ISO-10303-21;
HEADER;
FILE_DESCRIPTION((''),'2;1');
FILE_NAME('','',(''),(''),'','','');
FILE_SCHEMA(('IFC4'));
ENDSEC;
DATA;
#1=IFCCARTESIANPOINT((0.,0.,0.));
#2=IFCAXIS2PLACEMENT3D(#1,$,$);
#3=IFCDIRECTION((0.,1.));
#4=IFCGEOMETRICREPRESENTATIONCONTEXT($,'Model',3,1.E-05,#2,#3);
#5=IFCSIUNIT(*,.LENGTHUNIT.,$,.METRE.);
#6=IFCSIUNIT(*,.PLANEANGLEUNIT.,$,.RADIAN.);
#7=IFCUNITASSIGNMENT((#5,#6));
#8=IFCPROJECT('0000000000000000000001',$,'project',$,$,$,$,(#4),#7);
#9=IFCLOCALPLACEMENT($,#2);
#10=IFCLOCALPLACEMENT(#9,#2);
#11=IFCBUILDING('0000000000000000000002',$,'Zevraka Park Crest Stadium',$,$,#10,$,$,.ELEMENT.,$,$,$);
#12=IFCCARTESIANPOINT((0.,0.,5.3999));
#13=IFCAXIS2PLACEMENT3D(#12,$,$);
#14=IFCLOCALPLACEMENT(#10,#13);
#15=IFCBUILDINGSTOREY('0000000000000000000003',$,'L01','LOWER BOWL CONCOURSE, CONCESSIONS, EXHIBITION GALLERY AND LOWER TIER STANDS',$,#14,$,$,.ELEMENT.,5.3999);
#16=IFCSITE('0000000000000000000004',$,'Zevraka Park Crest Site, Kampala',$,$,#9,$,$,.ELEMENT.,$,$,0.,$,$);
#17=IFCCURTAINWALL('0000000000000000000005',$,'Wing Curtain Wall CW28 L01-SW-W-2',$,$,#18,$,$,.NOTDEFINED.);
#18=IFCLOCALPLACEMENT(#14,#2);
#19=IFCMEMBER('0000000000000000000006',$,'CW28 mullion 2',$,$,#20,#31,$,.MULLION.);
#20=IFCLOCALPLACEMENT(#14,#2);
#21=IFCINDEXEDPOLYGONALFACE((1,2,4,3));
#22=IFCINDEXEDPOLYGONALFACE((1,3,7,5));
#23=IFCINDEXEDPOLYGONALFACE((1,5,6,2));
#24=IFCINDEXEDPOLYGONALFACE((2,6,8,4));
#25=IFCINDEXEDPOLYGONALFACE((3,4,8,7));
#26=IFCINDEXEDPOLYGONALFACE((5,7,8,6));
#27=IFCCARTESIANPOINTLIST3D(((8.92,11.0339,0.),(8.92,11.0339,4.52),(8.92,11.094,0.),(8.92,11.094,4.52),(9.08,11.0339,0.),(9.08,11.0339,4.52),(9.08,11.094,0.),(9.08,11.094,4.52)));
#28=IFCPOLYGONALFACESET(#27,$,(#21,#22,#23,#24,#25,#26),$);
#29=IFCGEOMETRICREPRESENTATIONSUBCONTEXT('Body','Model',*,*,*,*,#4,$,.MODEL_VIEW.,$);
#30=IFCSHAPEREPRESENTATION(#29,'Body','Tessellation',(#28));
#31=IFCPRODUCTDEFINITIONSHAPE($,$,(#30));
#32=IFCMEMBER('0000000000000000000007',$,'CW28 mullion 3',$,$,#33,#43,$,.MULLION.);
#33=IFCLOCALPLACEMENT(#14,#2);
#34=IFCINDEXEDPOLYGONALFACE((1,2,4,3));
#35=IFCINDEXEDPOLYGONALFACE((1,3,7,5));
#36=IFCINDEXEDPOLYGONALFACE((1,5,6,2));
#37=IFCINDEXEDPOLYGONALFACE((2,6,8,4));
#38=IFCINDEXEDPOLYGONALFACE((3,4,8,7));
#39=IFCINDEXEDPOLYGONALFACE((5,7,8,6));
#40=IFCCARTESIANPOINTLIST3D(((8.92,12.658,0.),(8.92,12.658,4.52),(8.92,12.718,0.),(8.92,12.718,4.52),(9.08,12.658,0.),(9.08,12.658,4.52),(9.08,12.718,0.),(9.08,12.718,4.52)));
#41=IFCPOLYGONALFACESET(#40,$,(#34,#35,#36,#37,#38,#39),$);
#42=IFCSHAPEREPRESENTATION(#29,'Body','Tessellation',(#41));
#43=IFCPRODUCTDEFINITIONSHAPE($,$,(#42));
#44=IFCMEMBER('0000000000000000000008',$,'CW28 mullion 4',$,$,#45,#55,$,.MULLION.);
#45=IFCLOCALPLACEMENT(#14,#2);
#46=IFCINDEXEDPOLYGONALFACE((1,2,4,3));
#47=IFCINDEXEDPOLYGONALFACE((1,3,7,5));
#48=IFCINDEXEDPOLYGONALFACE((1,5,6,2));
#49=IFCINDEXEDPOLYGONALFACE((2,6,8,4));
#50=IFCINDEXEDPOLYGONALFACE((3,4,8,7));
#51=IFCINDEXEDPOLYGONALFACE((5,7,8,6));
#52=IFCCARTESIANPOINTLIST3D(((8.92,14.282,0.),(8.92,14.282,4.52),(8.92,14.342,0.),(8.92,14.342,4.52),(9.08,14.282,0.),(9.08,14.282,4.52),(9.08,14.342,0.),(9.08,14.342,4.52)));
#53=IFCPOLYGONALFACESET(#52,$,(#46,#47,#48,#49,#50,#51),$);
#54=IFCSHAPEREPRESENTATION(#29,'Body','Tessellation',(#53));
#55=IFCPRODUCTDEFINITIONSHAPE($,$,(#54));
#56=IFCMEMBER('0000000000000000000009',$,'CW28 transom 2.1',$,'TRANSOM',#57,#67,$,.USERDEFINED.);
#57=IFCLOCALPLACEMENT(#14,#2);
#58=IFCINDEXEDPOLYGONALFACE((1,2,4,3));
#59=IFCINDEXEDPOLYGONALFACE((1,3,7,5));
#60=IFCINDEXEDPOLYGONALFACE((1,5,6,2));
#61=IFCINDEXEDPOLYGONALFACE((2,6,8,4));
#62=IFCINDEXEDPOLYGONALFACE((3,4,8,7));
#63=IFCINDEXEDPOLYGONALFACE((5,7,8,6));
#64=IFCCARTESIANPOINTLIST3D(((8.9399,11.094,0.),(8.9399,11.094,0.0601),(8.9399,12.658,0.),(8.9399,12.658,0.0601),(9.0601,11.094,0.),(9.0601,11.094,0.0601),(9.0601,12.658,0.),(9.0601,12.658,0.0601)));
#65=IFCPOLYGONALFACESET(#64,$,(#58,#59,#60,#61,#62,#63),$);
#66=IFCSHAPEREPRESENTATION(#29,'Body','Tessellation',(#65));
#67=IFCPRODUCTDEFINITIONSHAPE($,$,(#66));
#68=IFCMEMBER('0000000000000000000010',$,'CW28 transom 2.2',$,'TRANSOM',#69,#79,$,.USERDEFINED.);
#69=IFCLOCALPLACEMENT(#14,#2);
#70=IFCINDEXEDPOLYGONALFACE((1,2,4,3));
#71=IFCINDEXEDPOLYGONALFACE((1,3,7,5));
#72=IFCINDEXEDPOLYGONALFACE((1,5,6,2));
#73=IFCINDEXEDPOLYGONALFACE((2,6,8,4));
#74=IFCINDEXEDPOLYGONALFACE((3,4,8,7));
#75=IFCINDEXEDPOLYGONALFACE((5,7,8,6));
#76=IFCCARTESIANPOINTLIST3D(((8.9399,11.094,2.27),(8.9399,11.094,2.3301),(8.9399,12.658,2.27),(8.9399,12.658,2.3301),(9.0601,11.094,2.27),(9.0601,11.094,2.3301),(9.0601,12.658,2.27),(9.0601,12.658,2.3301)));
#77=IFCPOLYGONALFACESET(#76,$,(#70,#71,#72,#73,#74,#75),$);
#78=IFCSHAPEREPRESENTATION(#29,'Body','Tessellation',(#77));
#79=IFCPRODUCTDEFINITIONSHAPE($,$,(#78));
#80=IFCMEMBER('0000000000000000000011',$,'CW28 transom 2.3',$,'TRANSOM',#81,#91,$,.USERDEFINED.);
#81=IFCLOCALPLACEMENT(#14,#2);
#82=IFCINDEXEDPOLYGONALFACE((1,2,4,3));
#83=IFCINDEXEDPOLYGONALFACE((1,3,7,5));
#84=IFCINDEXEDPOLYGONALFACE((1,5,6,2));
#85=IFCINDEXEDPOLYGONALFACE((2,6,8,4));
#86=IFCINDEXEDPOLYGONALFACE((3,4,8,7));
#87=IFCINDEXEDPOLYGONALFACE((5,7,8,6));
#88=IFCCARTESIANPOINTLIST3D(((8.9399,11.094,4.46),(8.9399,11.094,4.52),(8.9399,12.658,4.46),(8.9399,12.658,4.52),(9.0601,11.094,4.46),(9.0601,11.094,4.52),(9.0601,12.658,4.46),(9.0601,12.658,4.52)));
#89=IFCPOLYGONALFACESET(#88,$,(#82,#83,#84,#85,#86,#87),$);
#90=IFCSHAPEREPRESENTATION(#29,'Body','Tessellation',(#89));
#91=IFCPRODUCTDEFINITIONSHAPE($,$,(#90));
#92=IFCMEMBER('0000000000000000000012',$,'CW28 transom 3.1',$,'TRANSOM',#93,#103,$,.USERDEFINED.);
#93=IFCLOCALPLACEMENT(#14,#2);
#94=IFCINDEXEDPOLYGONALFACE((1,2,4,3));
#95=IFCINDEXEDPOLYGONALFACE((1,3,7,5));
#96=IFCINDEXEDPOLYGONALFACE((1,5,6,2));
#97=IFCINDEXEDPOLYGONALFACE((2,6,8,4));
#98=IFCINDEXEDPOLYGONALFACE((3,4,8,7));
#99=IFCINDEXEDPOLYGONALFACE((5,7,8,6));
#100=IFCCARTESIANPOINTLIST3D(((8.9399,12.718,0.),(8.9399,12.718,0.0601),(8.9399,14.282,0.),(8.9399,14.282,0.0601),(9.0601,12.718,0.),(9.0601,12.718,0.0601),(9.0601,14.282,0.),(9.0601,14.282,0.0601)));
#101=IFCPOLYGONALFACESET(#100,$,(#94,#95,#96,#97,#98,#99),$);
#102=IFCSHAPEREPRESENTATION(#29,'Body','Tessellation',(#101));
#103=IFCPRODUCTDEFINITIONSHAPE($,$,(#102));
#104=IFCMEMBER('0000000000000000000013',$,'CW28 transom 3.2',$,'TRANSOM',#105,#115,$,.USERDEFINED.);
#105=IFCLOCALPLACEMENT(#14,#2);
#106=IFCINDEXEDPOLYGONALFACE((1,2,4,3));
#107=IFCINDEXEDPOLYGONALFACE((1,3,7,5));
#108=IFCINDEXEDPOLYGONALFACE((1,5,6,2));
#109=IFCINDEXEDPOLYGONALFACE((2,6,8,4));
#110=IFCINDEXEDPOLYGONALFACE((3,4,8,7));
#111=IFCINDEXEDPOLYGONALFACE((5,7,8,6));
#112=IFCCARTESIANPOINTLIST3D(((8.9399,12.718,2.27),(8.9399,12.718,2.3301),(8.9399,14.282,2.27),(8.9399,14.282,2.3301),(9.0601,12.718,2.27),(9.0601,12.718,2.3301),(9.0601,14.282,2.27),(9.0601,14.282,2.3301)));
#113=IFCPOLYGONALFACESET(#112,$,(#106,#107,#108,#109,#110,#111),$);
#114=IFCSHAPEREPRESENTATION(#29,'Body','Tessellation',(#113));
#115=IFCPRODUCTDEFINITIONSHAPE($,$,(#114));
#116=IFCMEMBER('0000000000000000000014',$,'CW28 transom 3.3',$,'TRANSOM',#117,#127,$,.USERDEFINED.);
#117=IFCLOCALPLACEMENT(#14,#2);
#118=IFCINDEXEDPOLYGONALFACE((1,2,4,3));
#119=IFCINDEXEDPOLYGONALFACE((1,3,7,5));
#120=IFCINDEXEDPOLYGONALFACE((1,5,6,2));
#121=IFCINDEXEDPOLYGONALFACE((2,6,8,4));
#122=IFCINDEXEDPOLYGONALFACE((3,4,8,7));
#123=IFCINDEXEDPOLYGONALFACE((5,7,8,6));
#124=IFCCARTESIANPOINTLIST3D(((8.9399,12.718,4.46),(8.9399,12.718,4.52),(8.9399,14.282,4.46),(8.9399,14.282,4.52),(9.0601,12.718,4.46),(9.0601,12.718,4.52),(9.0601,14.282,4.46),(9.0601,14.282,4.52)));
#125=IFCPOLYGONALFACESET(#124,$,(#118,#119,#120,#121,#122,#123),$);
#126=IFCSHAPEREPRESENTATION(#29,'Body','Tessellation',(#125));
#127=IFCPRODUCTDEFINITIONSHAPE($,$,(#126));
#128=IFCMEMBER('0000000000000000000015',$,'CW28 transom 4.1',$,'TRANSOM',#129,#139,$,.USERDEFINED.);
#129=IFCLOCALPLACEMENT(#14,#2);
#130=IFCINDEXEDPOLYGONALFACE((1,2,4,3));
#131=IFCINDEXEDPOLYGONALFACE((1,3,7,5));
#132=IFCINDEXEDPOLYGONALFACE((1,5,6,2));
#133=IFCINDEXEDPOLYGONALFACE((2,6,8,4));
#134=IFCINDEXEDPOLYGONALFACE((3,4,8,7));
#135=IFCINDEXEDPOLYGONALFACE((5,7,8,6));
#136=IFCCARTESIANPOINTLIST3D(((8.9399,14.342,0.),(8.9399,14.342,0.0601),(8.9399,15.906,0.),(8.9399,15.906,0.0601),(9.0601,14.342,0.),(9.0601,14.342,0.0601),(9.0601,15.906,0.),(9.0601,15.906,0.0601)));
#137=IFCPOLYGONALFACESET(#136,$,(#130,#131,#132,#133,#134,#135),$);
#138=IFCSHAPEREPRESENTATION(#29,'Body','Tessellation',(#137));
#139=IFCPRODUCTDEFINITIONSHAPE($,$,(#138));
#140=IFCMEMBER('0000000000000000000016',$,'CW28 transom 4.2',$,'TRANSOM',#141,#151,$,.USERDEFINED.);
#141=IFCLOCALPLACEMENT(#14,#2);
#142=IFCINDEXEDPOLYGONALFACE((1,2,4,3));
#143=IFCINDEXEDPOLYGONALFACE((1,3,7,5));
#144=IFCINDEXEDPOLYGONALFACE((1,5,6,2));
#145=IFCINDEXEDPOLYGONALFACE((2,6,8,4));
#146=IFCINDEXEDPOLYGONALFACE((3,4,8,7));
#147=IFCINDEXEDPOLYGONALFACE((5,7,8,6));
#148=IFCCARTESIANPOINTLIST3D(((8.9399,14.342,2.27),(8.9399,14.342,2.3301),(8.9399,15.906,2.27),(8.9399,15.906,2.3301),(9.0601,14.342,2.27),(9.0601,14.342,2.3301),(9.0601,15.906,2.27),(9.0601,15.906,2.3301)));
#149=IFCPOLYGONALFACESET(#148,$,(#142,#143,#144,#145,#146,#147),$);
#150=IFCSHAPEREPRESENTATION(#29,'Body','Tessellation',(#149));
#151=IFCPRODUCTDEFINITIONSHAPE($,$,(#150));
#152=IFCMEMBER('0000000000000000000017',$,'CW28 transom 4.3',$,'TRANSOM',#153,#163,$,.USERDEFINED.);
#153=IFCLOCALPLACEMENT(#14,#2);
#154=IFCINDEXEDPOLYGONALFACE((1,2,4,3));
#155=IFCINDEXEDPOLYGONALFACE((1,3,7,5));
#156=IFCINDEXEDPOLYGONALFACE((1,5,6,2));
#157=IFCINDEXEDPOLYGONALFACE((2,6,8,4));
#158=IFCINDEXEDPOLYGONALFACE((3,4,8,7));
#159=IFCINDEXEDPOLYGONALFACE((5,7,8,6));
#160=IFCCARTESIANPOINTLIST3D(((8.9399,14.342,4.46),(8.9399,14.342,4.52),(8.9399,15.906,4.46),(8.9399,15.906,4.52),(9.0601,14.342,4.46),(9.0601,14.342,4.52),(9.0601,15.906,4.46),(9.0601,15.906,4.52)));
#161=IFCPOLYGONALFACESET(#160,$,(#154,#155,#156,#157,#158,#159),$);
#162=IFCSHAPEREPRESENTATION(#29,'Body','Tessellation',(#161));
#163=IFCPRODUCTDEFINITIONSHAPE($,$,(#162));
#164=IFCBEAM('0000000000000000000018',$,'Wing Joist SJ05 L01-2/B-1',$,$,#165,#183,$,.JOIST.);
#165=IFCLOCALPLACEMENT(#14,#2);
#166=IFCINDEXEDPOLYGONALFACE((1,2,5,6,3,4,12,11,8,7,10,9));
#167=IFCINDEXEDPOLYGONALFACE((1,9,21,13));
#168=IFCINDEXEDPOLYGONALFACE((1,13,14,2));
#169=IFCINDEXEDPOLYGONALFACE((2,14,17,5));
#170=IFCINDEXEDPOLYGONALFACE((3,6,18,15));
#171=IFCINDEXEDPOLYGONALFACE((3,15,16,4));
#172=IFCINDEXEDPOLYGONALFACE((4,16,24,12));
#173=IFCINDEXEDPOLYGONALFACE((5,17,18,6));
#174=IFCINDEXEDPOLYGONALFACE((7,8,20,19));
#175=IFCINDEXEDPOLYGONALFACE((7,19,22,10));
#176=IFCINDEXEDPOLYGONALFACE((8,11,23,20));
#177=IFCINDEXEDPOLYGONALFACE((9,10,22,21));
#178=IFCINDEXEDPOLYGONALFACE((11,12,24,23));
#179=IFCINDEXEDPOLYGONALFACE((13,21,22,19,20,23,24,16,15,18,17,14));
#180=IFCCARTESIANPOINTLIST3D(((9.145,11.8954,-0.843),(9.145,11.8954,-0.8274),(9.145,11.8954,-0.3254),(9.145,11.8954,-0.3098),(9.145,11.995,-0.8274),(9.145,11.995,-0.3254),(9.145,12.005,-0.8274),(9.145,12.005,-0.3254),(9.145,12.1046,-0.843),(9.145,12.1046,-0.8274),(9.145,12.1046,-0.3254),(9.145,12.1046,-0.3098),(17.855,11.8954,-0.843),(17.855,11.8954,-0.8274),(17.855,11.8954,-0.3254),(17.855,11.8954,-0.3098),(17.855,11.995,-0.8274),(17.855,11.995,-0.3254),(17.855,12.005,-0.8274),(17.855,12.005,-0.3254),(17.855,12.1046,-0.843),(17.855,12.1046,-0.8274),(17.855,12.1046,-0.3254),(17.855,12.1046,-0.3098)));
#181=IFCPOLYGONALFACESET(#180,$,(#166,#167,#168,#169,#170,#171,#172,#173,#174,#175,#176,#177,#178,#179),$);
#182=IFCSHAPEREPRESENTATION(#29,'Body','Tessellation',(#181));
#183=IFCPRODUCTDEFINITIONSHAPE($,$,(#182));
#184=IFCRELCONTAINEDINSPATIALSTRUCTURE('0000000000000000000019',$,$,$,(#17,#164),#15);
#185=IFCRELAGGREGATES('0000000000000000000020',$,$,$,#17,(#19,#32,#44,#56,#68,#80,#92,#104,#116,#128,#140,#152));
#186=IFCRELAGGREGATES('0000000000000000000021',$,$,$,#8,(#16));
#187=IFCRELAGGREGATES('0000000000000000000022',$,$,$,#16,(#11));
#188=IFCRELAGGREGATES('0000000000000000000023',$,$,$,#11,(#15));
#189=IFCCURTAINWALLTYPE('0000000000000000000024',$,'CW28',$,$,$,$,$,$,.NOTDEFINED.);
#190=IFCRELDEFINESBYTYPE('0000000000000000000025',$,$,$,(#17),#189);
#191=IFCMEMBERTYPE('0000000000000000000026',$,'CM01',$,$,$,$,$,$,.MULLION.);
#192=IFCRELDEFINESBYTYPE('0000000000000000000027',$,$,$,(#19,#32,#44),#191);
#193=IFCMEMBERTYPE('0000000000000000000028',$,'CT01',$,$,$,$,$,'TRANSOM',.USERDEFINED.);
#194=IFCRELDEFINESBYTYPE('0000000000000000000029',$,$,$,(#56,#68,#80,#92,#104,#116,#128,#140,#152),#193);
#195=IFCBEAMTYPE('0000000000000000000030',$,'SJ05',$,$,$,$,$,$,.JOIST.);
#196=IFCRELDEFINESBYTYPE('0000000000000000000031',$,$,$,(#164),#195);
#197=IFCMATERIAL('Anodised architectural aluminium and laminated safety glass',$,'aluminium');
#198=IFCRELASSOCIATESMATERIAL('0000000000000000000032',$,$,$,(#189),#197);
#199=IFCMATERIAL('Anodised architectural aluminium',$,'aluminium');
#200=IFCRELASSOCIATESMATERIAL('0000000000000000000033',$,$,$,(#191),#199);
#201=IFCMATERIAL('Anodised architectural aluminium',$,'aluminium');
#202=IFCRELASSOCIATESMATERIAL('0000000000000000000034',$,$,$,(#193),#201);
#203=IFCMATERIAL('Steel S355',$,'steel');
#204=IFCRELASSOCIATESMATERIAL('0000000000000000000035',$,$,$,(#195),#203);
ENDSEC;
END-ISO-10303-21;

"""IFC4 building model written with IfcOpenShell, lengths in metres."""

from ifc_helpers import new_model, si_unit, direction, frame, origin, origin_2d, place, context, subcontext, project, spatial, rectangle, i_section, extrude, material, material_profile, profile_set, type_object, element, aggregate, save


model = new_model("IFC4")

# Units and contexts
model_context = context("Model", 3, precision=1e-05, world=origin(), true_north=direction((0.0, 1.0)))
body_context = subcontext(model_context, "Body", "Model", "MODEL_VIEW")
ifc_project = project(units=[si_unit("LENGTHUNIT", "METRE"), si_unit("PLANEANGLEUNIT", "RADIAN")], contexts=[model_context])

# Site, building, storey
site_placement = place(None, origin())
site = spatial("IfcSite", under=ifc_project, at=site_placement, Name="Zevraka Park Crest Site, Kampala", CompositionType="ELEMENT", RefElevation=0.0)
building_placement = place(site_placement, origin())
building = spatial("IfcBuilding", under=site, at=building_placement, Name="Zevraka Park Crest Stadium", CompositionType="ELEMENT")
storey_placement = place(building_placement, frame((0.0, 0.0, 5.3999)))
storey = spatial("IfcBuildingStorey", under=building, at=storey_placement, Name="L01", Description="LOWER BOWL CONCOURSE, CONCESSIONS, EXHIBITION GALLERY AND LOWER TIER STANDS", CompositionType="ELEMENT", Elevation=5.3999)

# Curtain wall, members
ifc_material_1 = material(Name="Anodised architectural aluminium and laminated safety glass", Category="aluminium")
curtain_wall_type = type_object("IfcCurtainWallType", Name="CW28", PredefinedType="NOTDEFINED", material=ifc_material_1)
curtain_wall_placement = place(storey_placement, origin())
curtain_wall = element("IfcCurtainWall", 1, at=curtain_wall_placement, inside=storey, type_object=curtain_wall_type, Name="Wing Curtain Wall CW28 L01-SW-W-2", PredefinedType="NOTDEFINED")
ifc_material_2 = material(Name="Anodised architectural aluminium", Category="aluminium")
ifc_material_profile_1 = material_profile(ifc_material_2, rectangle(XDim=0.1599, YDim=0.0601, at=origin_2d()), Name="ALU MULLION 160x60")
ifc_profile_set_1 = profile_set([ifc_material_profile_1], Name="Anodised architectural aluminium")
member_type_1 = type_object("IfcMemberType", Name="CM01", PredefinedType="MULLION", material=ifc_profile_set_1)
member_1_placement = place(storey_placement, frame((9.0, 11.064, 0.0), z_axis=(0.0, 0.0, 1.0), x_axis=(-1.0, 0.0, 0.0)))
member_1 = element("IfcMember", 2, at=member_1_placement, type_object=member_type_1, Name="CW28 mullion 2", PredefinedType="MULLION", context=body_context, shape_type="SweptSolid", body=[
    extrude(rectangle(XDim=0.1599, YDim=0.0601, at=origin_2d()), origin(), (0.0, 0.0, 1.0), 4.52),
])
member_2_placement = place(storey_placement, frame((9.0, 12.688, 0.0), z_axis=(0.0, 0.0, 1.0), x_axis=(-1.0, 0.0, 0.0)))
member_2 = element("IfcMember", 3, at=member_2_placement, type_object=member_type_1, Name="CW28 mullion 3", PredefinedType="MULLION", context=body_context, shape_type="SweptSolid", body=[
    extrude(rectangle(XDim=0.1599, YDim=0.0601, at=origin_2d()), origin(), (0.0, 0.0, 1.0), 4.52),
])
member_3_placement = place(storey_placement, frame((9.0, 14.312, 0.0), z_axis=(0.0, 0.0, 1.0), x_axis=(-1.0, 0.0, 0.0)))
member_3 = element("IfcMember", 4, at=member_3_placement, type_object=member_type_1, Name="CW28 mullion 4", PredefinedType="MULLION", context=body_context, shape_type="SweptSolid", body=[
    extrude(rectangle(XDim=0.1599, YDim=0.0601, at=origin_2d()), origin(), (0.0, 0.0, 1.0), 4.52),
])
ifc_material_3 = material(Name="Anodised architectural aluminium", Category="aluminium")
ifc_material_profile_2 = material_profile(ifc_material_3, rectangle(XDim=0.1201, YDim=0.0601, at=origin_2d()), Name="ALU TRANSOM 120x60")
ifc_profile_set_2 = profile_set([ifc_material_profile_2], Name="Anodised architectural aluminium")
member_type_2 = type_object("IfcMemberType", Name="CT01", ElementType="TRANSOM", PredefinedType="USERDEFINED", material=ifc_profile_set_2)
member_4_placement = place(storey_placement, frame((9.0, 11.094, 0.03), z_axis=(0.0, 1.0, 0.0), x_axis=(-1.0, 0.0, 0.0)))
member_4 = element("IfcMember", 5, at=member_4_placement, type_object=member_type_2, Name="CW28 transom 2.1", ObjectType="TRANSOM", PredefinedType="USERDEFINED", context=body_context, shape_type="SweptSolid", body=[
    extrude(rectangle(XDim=0.1201, YDim=0.0601, at=origin_2d()), origin(), (0.0, 0.0, 1.0), 1.564),
])
member_5_placement = place(storey_placement, frame((9.0, 11.094, 2.3), z_axis=(0.0, 1.0, 0.0), x_axis=(-1.0, 0.0, 0.0)))
member_5 = element("IfcMember", 6, at=member_5_placement, type_object=member_type_2, Name="CW28 transom 2.2", ObjectType="TRANSOM", PredefinedType="USERDEFINED", context=body_context, shape_type="SweptSolid", body=[
    extrude(rectangle(XDim=0.1201, YDim=0.0601, at=origin_2d()), origin(), (0.0, 0.0, 1.0), 1.564),
])
member_6_placement = place(storey_placement, frame((9.0, 11.094, 4.49), z_axis=(0.0, 1.0, 0.0), x_axis=(-1.0, 0.0, 0.0)))
member_6 = element("IfcMember", 7, at=member_6_placement, type_object=member_type_2, Name="CW28 transom 2.3", ObjectType="TRANSOM", PredefinedType="USERDEFINED", context=body_context, shape_type="SweptSolid", body=[
    extrude(rectangle(XDim=0.1201, YDim=0.0601, at=origin_2d()), origin(), (0.0, 0.0, 1.0), 1.564),
])
member_7_placement = place(storey_placement, frame((9.0, 12.718, 0.03), z_axis=(0.0, 1.0, 0.0), x_axis=(-1.0, 0.0, 0.0)))
member_7 = element("IfcMember", 8, at=member_7_placement, type_object=member_type_2, Name="CW28 transom 3.1", ObjectType="TRANSOM", PredefinedType="USERDEFINED", context=body_context, shape_type="SweptSolid", body=[
    extrude(rectangle(XDim=0.1201, YDim=0.0601, at=origin_2d()), origin(), (0.0, 0.0, 1.0), 1.564),
])
member_8_placement = place(storey_placement, frame((9.0, 12.718, 2.3), z_axis=(0.0, 1.0, 0.0), x_axis=(-1.0, 0.0, 0.0)))
member_8 = element("IfcMember", 9, at=member_8_placement, type_object=member_type_2, Name="CW28 transom 3.2", ObjectType="TRANSOM", PredefinedType="USERDEFINED", context=body_context, shape_type="SweptSolid", body=[
    extrude(rectangle(XDim=0.1201, YDim=0.0601, at=origin_2d()), origin(), (0.0, 0.0, 1.0), 1.564),
])
member_9_placement = place(storey_placement, frame((9.0, 12.718, 4.49), z_axis=(0.0, 1.0, 0.0), x_axis=(-1.0, 0.0, 0.0)))
member_9 = element("IfcMember", 10, at=member_9_placement, type_object=member_type_2, Name="CW28 transom 3.3", ObjectType="TRANSOM", PredefinedType="USERDEFINED", context=body_context, shape_type="SweptSolid", body=[
    extrude(rectangle(XDim=0.1201, YDim=0.0601, at=origin_2d()), origin(), (0.0, 0.0, 1.0), 1.564),
])
member_10_placement = place(storey_placement, frame((9.0, 14.342, 0.03), z_axis=(0.0, 1.0, 0.0), x_axis=(-1.0, 0.0, 0.0)))
member_10 = element("IfcMember", 11, at=member_10_placement, type_object=member_type_2, Name="CW28 transom 4.1", ObjectType="TRANSOM", PredefinedType="USERDEFINED", context=body_context, shape_type="SweptSolid", body=[
    extrude(rectangle(XDim=0.1201, YDim=0.0601, at=origin_2d()), origin(), (0.0, 0.0, 1.0), 1.564),
])
member_11_placement = place(storey_placement, frame((9.0, 14.342, 2.3), z_axis=(0.0, 1.0, 0.0), x_axis=(-1.0, 0.0, 0.0)))
member_11 = element("IfcMember", 12, at=member_11_placement, type_object=member_type_2, Name="CW28 transom 4.2", ObjectType="TRANSOM", PredefinedType="USERDEFINED", context=body_context, shape_type="SweptSolid", body=[
    extrude(rectangle(XDim=0.1201, YDim=0.0601, at=origin_2d()), origin(), (0.0, 0.0, 1.0), 1.564),
])
member_12_placement = place(storey_placement, frame((9.0, 14.342, 4.49), z_axis=(0.0, 1.0, 0.0), x_axis=(-1.0, 0.0, 0.0)))
member_12 = element("IfcMember", 13, at=member_12_placement, type_object=member_type_2, Name="CW28 transom 4.3", ObjectType="TRANSOM", PredefinedType="USERDEFINED", context=body_context, shape_type="SweptSolid", body=[
    extrude(rectangle(XDim=0.1201, YDim=0.0601, at=origin_2d()), origin(), (0.0, 0.0, 1.0), 1.564),
])

# Beam
ifc_material_4 = material(Name="Steel S355", Category="steel")
ifc_material_profile_3 = material_profile(ifc_material_4, i_section(OverallWidth=0.2092, OverallDepth=0.5332, WebThickness=0.01, FlangeThickness=0.0156, at=origin_2d()), Name="UKB 533x210x92")
ifc_profile_set_3 = profile_set([ifc_material_profile_3], Name="Steel S355")
beam_type = type_object("IfcBeamType", Name="SJ05", PredefinedType="JOIST", material=ifc_profile_set_3)
for number, where, z_axis, x_axis, name in (
    (14, (9.145, 12.0, -0.5764), (1.0, 0.0, 0.0), (0.0, 1.0, 0.0), "Wing Joist SJ05 L01-2/B-1"),
):
    element("IfcBeam", number, at=place(storey_placement, frame(where, z_axis=z_axis, x_axis=x_axis)), inside=storey, type_object=beam_type, Name=name, PredefinedType="JOIST", context=body_context, shape_type="SweptSolid", body=[
        extrude(i_section(OverallWidth=0.2092, OverallDepth=0.5332, WebThickness=0.01, FlangeThickness=0.0156, at=origin_2d()), origin(), (0.0, 0.0, 1.0), 8.71),
    ])

aggregate(curtain_wall, [member_1, member_2, member_3, member_4, member_5, member_6, member_7, member_8, member_9, member_10, member_11, member_12])

save(model, "model.ifc")
